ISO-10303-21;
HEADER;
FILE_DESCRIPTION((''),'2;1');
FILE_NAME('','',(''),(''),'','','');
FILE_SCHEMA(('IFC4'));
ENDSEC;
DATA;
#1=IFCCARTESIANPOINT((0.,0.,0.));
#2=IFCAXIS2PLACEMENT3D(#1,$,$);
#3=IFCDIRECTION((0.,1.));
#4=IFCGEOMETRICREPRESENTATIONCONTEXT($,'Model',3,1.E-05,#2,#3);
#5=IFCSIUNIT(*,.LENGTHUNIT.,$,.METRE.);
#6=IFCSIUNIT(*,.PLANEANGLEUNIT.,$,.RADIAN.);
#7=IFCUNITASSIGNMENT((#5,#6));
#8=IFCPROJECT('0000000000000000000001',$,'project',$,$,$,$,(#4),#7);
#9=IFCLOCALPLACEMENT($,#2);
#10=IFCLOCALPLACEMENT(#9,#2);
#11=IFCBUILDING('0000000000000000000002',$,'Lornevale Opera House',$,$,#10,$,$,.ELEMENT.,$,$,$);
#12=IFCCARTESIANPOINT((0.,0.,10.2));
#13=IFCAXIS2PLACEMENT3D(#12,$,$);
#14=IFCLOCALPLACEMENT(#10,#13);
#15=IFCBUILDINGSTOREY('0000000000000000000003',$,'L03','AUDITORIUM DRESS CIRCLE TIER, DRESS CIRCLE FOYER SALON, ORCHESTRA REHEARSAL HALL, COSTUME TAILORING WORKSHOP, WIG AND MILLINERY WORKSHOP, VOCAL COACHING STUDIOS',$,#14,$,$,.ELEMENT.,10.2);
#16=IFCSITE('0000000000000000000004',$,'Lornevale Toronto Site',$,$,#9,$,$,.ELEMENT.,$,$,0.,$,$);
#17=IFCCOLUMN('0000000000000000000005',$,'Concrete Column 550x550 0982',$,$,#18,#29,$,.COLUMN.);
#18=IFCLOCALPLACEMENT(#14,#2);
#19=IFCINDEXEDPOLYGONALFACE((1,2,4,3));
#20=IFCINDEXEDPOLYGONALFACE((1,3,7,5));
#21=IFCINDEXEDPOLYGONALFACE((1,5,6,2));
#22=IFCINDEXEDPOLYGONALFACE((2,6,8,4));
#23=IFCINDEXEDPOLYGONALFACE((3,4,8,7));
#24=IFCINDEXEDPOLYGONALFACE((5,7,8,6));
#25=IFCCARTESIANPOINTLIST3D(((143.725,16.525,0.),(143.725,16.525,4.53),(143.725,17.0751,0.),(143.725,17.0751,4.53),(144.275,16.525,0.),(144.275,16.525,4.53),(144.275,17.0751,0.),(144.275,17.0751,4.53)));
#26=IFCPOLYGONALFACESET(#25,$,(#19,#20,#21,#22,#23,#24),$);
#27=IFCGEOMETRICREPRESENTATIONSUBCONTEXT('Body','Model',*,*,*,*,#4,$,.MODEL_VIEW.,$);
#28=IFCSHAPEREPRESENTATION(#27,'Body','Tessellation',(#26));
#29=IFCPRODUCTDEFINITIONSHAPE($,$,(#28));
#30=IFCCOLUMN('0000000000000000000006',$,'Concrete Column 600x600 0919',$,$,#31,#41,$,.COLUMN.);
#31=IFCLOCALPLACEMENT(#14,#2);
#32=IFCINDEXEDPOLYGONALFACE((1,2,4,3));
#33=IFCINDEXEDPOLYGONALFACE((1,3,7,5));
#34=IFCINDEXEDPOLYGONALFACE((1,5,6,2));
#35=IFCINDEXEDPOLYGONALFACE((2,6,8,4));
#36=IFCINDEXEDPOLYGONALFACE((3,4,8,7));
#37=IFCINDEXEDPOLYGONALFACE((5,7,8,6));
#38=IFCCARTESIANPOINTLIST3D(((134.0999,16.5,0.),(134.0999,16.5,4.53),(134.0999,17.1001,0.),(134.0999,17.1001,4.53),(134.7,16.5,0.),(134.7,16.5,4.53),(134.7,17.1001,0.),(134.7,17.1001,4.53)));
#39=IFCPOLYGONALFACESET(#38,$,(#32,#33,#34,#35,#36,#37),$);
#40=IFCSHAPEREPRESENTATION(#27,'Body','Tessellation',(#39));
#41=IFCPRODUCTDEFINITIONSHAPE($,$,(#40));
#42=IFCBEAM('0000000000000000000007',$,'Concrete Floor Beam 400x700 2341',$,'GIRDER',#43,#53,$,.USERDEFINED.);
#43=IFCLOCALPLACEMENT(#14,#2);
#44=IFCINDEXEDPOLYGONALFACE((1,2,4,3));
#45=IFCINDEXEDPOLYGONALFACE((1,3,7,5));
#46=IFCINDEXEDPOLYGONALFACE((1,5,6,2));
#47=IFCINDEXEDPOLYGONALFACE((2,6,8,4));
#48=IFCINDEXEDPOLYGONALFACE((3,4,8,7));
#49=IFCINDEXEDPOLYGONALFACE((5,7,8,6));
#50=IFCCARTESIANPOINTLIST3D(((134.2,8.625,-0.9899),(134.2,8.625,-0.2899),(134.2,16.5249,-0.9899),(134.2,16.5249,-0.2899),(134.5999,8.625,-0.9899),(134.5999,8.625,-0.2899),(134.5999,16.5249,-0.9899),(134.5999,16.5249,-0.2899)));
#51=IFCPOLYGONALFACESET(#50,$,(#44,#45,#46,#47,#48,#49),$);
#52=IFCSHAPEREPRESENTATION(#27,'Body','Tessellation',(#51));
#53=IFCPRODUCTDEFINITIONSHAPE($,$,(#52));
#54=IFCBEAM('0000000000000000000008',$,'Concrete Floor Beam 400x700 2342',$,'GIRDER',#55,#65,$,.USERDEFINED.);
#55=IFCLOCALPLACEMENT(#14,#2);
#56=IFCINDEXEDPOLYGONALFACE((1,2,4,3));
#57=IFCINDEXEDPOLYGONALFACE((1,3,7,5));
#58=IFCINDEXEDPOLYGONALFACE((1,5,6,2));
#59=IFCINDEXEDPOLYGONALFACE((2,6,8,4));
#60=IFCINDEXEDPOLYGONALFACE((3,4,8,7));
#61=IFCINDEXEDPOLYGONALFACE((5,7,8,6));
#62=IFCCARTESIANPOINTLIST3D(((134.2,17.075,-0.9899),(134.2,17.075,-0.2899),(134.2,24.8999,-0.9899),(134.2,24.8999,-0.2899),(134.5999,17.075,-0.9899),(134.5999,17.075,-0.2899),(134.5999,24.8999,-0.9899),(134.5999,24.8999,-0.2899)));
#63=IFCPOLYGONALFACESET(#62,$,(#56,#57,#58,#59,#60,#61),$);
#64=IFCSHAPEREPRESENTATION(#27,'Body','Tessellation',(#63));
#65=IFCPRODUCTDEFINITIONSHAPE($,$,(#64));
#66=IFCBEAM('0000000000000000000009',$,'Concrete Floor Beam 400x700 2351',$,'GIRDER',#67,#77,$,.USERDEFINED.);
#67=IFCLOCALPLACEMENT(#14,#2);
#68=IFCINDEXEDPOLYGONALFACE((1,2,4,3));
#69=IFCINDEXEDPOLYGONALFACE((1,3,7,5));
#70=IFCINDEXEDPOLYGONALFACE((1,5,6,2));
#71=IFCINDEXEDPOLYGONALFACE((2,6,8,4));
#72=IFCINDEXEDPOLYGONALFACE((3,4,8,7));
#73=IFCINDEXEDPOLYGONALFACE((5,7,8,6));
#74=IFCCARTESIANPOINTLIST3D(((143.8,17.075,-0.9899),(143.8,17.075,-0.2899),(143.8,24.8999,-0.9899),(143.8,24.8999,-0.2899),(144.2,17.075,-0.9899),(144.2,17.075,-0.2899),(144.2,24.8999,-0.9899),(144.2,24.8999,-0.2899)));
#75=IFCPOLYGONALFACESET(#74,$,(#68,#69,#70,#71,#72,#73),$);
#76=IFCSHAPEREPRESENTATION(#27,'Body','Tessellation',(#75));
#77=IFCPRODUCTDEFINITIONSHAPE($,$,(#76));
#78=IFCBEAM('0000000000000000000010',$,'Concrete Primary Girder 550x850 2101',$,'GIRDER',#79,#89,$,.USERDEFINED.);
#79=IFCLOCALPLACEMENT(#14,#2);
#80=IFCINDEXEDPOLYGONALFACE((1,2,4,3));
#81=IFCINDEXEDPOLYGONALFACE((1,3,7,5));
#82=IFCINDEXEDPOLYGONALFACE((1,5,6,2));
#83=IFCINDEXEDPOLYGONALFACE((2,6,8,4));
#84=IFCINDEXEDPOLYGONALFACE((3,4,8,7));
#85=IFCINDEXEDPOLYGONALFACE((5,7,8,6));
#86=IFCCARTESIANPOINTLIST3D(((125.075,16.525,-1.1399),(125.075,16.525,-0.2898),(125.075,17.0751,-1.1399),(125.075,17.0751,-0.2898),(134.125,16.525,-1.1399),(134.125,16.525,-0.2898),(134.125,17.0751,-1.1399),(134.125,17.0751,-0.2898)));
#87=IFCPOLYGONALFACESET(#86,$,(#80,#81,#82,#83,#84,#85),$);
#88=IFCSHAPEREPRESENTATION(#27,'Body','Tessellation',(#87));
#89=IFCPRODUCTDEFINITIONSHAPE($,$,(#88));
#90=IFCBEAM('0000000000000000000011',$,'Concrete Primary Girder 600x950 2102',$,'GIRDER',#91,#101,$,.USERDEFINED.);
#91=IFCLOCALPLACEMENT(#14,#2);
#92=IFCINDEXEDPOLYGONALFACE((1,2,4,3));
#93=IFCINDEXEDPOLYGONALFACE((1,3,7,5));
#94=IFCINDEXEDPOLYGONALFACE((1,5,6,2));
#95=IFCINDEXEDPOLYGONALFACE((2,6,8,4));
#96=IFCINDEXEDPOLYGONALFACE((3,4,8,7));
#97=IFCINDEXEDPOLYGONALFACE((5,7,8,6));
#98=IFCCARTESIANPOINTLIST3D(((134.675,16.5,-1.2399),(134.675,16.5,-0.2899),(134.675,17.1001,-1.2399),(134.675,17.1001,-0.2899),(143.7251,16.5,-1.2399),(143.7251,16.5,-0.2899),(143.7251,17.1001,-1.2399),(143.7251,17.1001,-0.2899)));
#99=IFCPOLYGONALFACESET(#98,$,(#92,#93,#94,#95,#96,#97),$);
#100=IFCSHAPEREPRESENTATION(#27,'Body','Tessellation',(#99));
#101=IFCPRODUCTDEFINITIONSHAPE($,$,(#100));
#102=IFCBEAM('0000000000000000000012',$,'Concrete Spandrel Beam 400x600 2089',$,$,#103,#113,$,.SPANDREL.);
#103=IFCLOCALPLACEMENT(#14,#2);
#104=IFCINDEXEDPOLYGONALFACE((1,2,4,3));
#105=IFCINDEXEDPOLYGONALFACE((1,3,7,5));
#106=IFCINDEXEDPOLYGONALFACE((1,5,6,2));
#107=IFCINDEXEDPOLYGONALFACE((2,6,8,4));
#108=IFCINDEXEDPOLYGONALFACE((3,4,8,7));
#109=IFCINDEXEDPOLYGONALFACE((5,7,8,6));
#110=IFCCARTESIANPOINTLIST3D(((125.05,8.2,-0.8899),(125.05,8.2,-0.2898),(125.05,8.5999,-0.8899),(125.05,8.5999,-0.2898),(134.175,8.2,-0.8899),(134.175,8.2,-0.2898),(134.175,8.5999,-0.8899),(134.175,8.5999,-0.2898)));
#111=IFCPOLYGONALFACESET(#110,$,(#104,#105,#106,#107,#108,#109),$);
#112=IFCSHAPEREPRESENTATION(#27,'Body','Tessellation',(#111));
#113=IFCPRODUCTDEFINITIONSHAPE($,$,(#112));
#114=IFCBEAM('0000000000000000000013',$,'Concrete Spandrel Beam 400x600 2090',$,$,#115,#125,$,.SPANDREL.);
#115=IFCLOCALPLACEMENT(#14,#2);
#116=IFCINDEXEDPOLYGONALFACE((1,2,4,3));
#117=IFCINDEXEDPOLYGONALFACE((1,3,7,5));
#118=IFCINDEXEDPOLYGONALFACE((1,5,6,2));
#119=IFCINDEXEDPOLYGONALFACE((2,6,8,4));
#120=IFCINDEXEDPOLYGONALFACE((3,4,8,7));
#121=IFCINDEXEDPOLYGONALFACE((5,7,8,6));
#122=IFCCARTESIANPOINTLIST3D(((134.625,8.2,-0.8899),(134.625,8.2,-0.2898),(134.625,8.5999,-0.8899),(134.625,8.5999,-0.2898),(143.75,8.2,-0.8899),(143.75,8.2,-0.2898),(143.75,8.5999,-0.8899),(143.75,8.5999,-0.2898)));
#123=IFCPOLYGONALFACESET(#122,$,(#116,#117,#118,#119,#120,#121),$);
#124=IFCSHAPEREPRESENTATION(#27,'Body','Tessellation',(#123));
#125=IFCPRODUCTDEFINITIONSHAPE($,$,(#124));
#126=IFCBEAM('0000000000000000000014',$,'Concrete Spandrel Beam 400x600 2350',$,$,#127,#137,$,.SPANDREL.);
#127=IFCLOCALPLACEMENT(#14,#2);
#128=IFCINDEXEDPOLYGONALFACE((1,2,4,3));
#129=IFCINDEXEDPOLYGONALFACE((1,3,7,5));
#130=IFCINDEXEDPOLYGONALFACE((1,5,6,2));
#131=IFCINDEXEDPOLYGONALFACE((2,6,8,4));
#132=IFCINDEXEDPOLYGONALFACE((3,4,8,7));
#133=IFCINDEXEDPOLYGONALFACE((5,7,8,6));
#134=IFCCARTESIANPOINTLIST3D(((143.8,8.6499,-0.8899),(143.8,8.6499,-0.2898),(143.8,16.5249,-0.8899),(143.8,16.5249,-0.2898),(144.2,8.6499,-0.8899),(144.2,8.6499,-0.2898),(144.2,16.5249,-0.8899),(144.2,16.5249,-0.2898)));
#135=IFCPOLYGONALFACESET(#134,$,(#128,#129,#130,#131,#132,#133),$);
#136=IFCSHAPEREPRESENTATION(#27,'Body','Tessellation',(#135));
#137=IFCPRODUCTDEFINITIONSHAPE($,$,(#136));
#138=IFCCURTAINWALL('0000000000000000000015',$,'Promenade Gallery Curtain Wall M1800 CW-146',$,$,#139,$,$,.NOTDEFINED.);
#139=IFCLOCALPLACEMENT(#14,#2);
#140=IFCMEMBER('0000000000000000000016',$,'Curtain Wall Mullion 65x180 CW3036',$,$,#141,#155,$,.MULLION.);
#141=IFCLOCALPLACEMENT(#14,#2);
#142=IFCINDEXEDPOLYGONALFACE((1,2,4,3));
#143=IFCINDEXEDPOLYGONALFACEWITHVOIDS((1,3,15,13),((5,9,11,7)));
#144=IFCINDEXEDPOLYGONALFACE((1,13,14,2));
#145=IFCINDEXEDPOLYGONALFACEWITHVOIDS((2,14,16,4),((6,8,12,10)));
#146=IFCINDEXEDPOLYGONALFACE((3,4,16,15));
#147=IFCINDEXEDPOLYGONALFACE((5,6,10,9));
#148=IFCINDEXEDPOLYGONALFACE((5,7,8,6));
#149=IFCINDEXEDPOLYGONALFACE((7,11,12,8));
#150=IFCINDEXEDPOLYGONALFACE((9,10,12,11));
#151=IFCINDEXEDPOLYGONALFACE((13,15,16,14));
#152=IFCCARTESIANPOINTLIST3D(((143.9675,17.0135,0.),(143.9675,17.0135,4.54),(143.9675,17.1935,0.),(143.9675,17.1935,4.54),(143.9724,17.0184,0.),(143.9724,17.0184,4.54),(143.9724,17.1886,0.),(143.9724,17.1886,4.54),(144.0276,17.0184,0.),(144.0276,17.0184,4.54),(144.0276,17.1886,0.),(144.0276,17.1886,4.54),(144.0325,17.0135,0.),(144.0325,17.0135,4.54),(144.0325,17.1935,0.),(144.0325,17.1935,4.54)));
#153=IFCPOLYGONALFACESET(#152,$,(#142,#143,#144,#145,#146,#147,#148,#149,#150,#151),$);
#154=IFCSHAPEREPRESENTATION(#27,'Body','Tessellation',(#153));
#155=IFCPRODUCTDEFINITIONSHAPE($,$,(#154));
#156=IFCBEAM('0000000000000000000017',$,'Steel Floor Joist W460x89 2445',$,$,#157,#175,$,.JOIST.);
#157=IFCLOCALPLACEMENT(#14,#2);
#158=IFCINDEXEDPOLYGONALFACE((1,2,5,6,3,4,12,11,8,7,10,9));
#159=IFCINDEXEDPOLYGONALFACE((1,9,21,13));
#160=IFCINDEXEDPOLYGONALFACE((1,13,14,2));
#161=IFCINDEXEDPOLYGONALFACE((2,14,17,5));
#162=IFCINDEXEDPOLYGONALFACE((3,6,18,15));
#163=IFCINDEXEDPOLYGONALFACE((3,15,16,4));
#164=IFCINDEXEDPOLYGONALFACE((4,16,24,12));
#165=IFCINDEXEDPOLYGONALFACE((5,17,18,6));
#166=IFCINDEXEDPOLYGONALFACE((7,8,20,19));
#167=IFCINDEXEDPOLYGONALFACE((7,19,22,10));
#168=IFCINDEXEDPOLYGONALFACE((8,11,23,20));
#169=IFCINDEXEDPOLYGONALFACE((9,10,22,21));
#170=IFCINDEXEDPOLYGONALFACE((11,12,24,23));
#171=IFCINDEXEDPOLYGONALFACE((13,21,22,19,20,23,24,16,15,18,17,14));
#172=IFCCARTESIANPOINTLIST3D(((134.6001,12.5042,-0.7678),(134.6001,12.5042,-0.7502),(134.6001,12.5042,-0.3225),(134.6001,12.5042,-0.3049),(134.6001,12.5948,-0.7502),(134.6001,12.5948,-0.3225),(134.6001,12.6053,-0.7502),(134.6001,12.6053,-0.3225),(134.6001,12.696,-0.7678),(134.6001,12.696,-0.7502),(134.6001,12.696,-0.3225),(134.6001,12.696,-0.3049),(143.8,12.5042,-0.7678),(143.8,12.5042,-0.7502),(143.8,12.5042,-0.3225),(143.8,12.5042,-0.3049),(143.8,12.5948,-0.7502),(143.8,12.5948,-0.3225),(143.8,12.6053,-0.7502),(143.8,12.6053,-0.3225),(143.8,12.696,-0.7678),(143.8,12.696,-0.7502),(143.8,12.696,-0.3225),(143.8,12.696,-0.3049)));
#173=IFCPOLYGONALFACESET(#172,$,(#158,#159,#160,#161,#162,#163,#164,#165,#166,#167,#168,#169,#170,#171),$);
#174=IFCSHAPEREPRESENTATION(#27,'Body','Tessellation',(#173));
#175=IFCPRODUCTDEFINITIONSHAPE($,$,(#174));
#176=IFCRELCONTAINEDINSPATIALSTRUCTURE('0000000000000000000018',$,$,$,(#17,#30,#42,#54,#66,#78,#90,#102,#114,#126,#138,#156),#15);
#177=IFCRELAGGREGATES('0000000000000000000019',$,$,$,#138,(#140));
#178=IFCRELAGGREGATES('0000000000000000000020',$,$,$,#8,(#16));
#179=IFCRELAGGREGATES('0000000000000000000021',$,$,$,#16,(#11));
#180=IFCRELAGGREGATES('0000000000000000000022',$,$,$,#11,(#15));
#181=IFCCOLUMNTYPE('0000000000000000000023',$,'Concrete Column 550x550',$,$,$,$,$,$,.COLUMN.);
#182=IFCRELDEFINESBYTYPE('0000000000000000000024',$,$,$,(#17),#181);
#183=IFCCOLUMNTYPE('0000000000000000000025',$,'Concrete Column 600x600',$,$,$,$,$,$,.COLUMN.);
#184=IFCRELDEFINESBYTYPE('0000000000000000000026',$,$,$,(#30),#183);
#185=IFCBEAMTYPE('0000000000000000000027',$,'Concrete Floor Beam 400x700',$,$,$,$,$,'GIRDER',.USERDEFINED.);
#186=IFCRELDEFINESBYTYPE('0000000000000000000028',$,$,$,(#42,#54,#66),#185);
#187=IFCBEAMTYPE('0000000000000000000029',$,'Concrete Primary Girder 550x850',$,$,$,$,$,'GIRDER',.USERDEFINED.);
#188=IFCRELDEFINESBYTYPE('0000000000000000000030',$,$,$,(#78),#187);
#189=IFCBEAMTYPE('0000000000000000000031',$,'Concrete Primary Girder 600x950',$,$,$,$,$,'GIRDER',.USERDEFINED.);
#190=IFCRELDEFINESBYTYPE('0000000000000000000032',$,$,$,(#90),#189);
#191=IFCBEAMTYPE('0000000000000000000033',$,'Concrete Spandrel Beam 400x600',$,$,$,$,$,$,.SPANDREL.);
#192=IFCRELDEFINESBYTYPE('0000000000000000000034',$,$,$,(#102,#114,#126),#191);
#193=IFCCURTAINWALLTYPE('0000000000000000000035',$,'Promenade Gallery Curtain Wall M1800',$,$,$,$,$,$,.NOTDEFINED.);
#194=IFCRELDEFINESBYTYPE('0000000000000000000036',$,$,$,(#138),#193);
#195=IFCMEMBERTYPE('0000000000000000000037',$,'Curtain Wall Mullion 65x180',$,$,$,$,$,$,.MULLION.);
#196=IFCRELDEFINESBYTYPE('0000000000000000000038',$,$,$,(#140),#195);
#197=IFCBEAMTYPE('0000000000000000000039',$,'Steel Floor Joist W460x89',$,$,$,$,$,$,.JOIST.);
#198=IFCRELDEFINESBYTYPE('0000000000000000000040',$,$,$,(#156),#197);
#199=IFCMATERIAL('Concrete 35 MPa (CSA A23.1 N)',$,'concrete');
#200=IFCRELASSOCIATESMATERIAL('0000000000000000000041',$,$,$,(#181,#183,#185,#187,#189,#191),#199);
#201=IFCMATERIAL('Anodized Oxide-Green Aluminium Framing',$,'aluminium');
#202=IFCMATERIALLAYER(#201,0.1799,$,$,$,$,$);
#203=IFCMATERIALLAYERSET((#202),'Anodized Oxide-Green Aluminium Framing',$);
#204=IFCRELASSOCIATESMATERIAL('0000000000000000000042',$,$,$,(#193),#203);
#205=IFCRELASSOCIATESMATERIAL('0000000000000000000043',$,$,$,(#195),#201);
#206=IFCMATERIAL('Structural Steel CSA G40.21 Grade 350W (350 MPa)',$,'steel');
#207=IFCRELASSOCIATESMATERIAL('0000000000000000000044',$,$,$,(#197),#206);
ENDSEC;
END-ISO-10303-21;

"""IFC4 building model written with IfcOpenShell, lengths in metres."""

from ifc_helpers import new_model, si_unit, direction, frame, origin, origin_2d, place, context, subcontext, project, spatial, rectangle, hollow_rectangle, i_section, extrude, material, layer, layer_set, material_profile, profile_set, type_object, element, aggregate, save


model = new_model("IFC4")

# Units and contexts
model_context = context("Model", 3, precision=1e-05, world=origin(), true_north=direction((0.0, 1.0)))
body_context = subcontext(model_context, "Body", "Model", "MODEL_VIEW")
ifc_project = project(units=[si_unit("LENGTHUNIT", "METRE"), si_unit("PLANEANGLEUNIT", "RADIAN")], contexts=[model_context])

# Site, building, storey
site_placement = place(None, origin())
site = spatial("IfcSite", under=ifc_project, at=site_placement, Name="Lornevale Toronto Site", CompositionType="ELEMENT", RefElevation=0.0)
building_placement = place(site_placement, origin())
building = spatial("IfcBuilding", under=site, at=building_placement, Name="Lornevale Opera House", CompositionType="ELEMENT")
storey_placement = place(building_placement, frame((0.0, 0.0, 10.2)))
storey = spatial("IfcBuildingStorey", under=building, at=storey_placement, Name="L03", Description="AUDITORIUM DRESS CIRCLE TIER, DRESS CIRCLE FOYER SALON, ORCHESTRA REHEARSAL HALL, COSTUME TAILORING WORKSHOP, WIG AND MILLINERY WORKSHOP, VOCAL COACHING STUDIOS", CompositionType="ELEMENT", Elevation=10.2)

# Columns
ifc_material_1 = material(Name="Concrete 35 MPa (CSA A23.1 N)", Category="concrete")
ifc_material_profile_1 = material_profile(ifc_material_1, rectangle(XDim=0.55, YDim=0.55, at=origin_2d()), Name="RC550x550")
ifc_profile_set_1 = profile_set([ifc_material_profile_1], Name="Concrete 35 MPa (CSA A23.1 N)")
column_type_1 = type_object("IfcColumnType", Name="Concrete Column 550x550", PredefinedType="COLUMN", material=ifc_profile_set_1)
column_1_placement = place(storey_placement, frame((144.0, 16.8, 0.0), z_axis=(0.0, 0.0, 1.0), x_axis=(1.0, 0.0, 0.0)))
element("IfcColumn", 1, at=column_1_placement, inside=storey, type_object=column_type_1, Name="Concrete Column 550x550 0982", PredefinedType="COLUMN", context=body_context, shape_type="SweptSolid", body=[
    extrude(rectangle(XDim=0.55, YDim=0.55, at=origin_2d()), origin(), (0.0, 0.0, 1.0), 4.53),
])
ifc_material_profile_2 = material_profile(ifc_material_1, rectangle(XDim=0.6001, YDim=0.6001, at=origin_2d()), Name="RC600x600")
ifc_profile_set_2 = profile_set([ifc_material_profile_2], Name="Concrete 35 MPa (CSA A23.1 N)")
column_type_2 = type_object("IfcColumnType", Name="Concrete Column 600x600", PredefinedType="COLUMN", material=ifc_profile_set_2)
column_2_placement = place(storey_placement, frame((134.3999, 16.8, 0.0), z_axis=(0.0, 0.0, 1.0), x_axis=(1.0, 0.0, 0.0)))
element("IfcColumn", 2, at=column_2_placement, inside=storey, type_object=column_type_2, Name="Concrete Column 600x600 0919", PredefinedType="COLUMN", context=body_context, shape_type="SweptSolid", body=[
    extrude(rectangle(XDim=0.6001, YDim=0.6001, at=origin_2d()), origin(), (0.0, 0.0, 1.0), 4.53),
])

# Beams
ifc_material_profile_3 = material_profile(ifc_material_1, rectangle(XDim=0.3999, YDim=0.7, at=origin_2d()), Name="RC400x700")
ifc_profile_set_3 = profile_set([ifc_material_profile_3], Name="Concrete 35 MPa (CSA A23.1 N)")
beam_type_1 = type_object("IfcBeamType", Name="Concrete Floor Beam 400x700", ElementType="GIRDER", PredefinedType="USERDEFINED", material=ifc_profile_set_3)
beam_1_placement = place(storey_placement, frame((134.3999, 8.625, -0.6399), z_axis=(0.0, 1.0, 0.0), x_axis=(-1.0, 0.0, 0.0)))
element("IfcBeam", 3, at=beam_1_placement, inside=storey, type_object=beam_type_1, Name="Concrete Floor Beam 400x700 2341", ObjectType="GIRDER", PredefinedType="USERDEFINED", context=body_context, shape_type="SweptSolid", body=[
    extrude(rectangle(XDim=0.3999, YDim=0.7, at=origin_2d()), origin(), (0.0, 0.0, 1.0), 7.8999),
])
for number, where, z_axis, x_axis, name in (
    (4, (134.3999, 17.075, -0.6399), (0.0, 1.0, 0.0), (-1.0, 0.0, 0.0), "Concrete Floor Beam 400x700 2342"),
    (5, (144.0, 17.075, -0.6399), (0.0, 1.0, 0.0), (-1.0, 0.0, 0.0), "Concrete Floor Beam 400x700 2351"),
):
    element("IfcBeam", number, at=place(storey_placement, frame(where, z_axis=z_axis, x_axis=x_axis)), inside=storey, type_object=beam_type_1, Name=name, ObjectType="GIRDER", PredefinedType="USERDEFINED", context=body_context, shape_type="SweptSolid", body=[
        extrude(rectangle(XDim=0.3999, YDim=0.7, at=origin_2d()), origin(), (0.0, 0.0, 1.0), 7.825),
    ])
ifc_material_profile_4 = material_profile(ifc_material_1, rectangle(XDim=0.55, YDim=0.8501, at=origin_2d()), Name="RC550x850")
ifc_profile_set_4 = profile_set([ifc_material_profile_4], Name="Concrete 35 MPa (CSA A23.1 N)")
beam_type_2 = type_object("IfcBeamType", Name="Concrete Primary Girder 550x850", ElementType="GIRDER", PredefinedType="USERDEFINED", material=ifc_profile_set_4)
beam_2_placement = place(storey_placement, frame((125.075, 16.8, -0.7148), z_axis=(1.0, 0.0, 0.0), x_axis=(0.0, 1.0, 0.0)))
element("IfcBeam", 6, at=beam_2_placement, inside=storey, type_object=beam_type_2, Name="Concrete Primary Girder 550x850 2101", ObjectType="GIRDER", PredefinedType="USERDEFINED", context=body_context, shape_type="SweptSolid", body=[
    extrude(rectangle(XDim=0.55, YDim=0.8501, at=origin_2d()), origin(), (0.0, 0.0, 1.0), 9.05),
])
ifc_material_profile_5 = material_profile(ifc_material_1, rectangle(XDim=0.6001, YDim=0.95, at=origin_2d()), Name="RC600x950")
ifc_profile_set_5 = profile_set([ifc_material_profile_5], Name="Concrete 35 MPa (CSA A23.1 N)")
beam_type_3 = type_object("IfcBeamType", Name="Concrete Primary Girder 600x950", ElementType="GIRDER", PredefinedType="USERDEFINED", material=ifc_profile_set_5)
beam_3_placement = place(storey_placement, frame((134.675, 16.8, -0.7649), z_axis=(1.0, 0.0, 0.0), x_axis=(0.0, 1.0, 0.0)))
element("IfcBeam", 7, at=beam_3_placement, inside=storey, type_object=beam_type_3, Name="Concrete Primary Girder 600x950 2102", ObjectType="GIRDER", PredefinedType="USERDEFINED", context=body_context, shape_type="SweptSolid", body=[
    extrude(rectangle(XDim=0.6001, YDim=0.95, at=origin_2d()), origin(), (0.0, 0.0, 1.0), 9.05),
])
ifc_material_profile_6 = material_profile(ifc_material_1, rectangle(XDim=0.3999, YDim=0.6001, at=origin_2d()), Name="RC400x600")
ifc_profile_set_6 = profile_set([ifc_material_profile_6], Name="Concrete 35 MPa (CSA A23.1 N)")
beam_type_4 = type_object("IfcBeamType", Name="Concrete Spandrel Beam 400x600", PredefinedType="SPANDREL", material=ifc_profile_set_6)
for number, where, z_axis, x_axis, name in (
    (8, (125.05, 8.3999, -0.5898), (1.0, 0.0, 0.0), (0.0, 1.0, 0.0), "Concrete Spandrel Beam 400x600 2089"),
    (9, (134.625, 8.3999, -0.5898), (1.0, 0.0, 0.0), (0.0, 1.0, 0.0), "Concrete Spandrel Beam 400x600 2090"),
):
    element("IfcBeam", number, at=place(storey_placement, frame(where, z_axis=z_axis, x_axis=x_axis)), inside=storey, type_object=beam_type_4, Name=name, PredefinedType="SPANDREL", context=body_context, shape_type="SweptSolid", body=[
        extrude(rectangle(XDim=0.3999, YDim=0.6001, at=origin_2d()), origin(), (0.0, 0.0, 1.0), 9.125),
    ])
beam_4_placement = place(storey_placement, frame((144.0, 8.6499, -0.5898), z_axis=(0.0, 1.0, 0.0), x_axis=(-1.0, 0.0, 0.0)))
element("IfcBeam", 10, at=beam_4_placement, inside=storey, type_object=beam_type_4, Name="Concrete Spandrel Beam 400x600 2350", PredefinedType="SPANDREL", context=body_context, shape_type="SweptSolid", body=[
    extrude(rectangle(XDim=0.3999, YDim=0.6001, at=origin_2d()), origin(), (0.0, 0.0, 1.0), 7.875),
])

# Curtain wall, member
ifc_material_2 = material(Name="Anodized Oxide-Green Aluminium Framing", Category="aluminium")
ifc_layer_1 = layer(ifc_material_2, 0.1799)
ifc_layer_set_1 = layer_set([ifc_layer_1], Name="Anodized Oxide-Green Aluminium Framing")
curtain_wall_type = type_object("IfcCurtainWallType", Name="Promenade Gallery Curtain Wall M1800", PredefinedType="NOTDEFINED", material=ifc_layer_set_1)
curtain_wall_placement = place(storey_placement, origin())
curtain_wall = element("IfcCurtainWall", 11, at=curtain_wall_placement, inside=storey, type_object=curtain_wall_type, Name="Promenade Gallery Curtain Wall M1800 CW-146", PredefinedType="NOTDEFINED")
ifc_material_profile_7 = material_profile(ifc_material_2, hollow_rectangle(XDim=0.0649, YDim=0.1799, WallThickness=0.0049, at=origin_2d()), Name="ALU65x180x5")
ifc_profile_set_7 = profile_set([ifc_material_profile_7], Name="Anodized Oxide-Green Aluminium Framing")
member_type = type_object("IfcMemberType", Name="Curtain Wall Mullion 65x180", PredefinedType="MULLION", material=ifc_profile_set_7)
member_placement = place(storey_placement, frame((144.0, 17.1035, 0.0), z_axis=(0.0, 0.0, 1.0), x_axis=(1.0, 0.0, 0.0)))
member = element("IfcMember", 12, at=member_placement, type_object=member_type, Name="Curtain Wall Mullion 65x180 CW3036", PredefinedType="MULLION", context=body_context, shape_type="SweptSolid", body=[
    extrude(hollow_rectangle(XDim=0.0649, YDim=0.1799, WallThickness=0.0049, at=origin_2d()), origin(), (0.0, 0.0, 1.0), 4.54),
])
aggregate(curtain_wall, [member])

# Beam
ifc_material_3 = material(Name="Structural Steel CSA G40.21 Grade 350W (350 MPa)", Category="steel")
ifc_material_profile_8 = material_profile(ifc_material_3, i_section(OverallWidth=0.1919, OverallDepth=0.4629, WebThickness=0.0105, FlangeThickness=0.0176, at=origin_2d()), Name="W460x89")
ifc_profile_set_8 = profile_set([ifc_material_profile_8], Name="Structural Steel CSA G40.21 Grade 350W (350 MPa)")
beam_type_5 = type_object("IfcBeamType", Name="Steel Floor Joist W460x89", PredefinedType="JOIST", material=ifc_profile_set_8)
beam_5_placement = place(storey_placement, frame((134.6001, 12.6001, -0.5364), z_axis=(1.0, 0.0, 0.0), x_axis=(0.0, 1.0, 0.0)))
element("IfcBeam", 13, at=beam_5_placement, inside=storey, type_object=beam_type_5, Name="Steel Floor Joist W460x89 2445", PredefinedType="JOIST", context=body_context, shape_type="SweptSolid", body=[
    extrude(i_section(OverallWidth=0.1919, OverallDepth=0.4629, WebThickness=0.0105, FlangeThickness=0.0176, at=origin_2d()), origin(), (0.0, 0.0, 1.0), 9.2),
])

save(model, "model.ifc")
